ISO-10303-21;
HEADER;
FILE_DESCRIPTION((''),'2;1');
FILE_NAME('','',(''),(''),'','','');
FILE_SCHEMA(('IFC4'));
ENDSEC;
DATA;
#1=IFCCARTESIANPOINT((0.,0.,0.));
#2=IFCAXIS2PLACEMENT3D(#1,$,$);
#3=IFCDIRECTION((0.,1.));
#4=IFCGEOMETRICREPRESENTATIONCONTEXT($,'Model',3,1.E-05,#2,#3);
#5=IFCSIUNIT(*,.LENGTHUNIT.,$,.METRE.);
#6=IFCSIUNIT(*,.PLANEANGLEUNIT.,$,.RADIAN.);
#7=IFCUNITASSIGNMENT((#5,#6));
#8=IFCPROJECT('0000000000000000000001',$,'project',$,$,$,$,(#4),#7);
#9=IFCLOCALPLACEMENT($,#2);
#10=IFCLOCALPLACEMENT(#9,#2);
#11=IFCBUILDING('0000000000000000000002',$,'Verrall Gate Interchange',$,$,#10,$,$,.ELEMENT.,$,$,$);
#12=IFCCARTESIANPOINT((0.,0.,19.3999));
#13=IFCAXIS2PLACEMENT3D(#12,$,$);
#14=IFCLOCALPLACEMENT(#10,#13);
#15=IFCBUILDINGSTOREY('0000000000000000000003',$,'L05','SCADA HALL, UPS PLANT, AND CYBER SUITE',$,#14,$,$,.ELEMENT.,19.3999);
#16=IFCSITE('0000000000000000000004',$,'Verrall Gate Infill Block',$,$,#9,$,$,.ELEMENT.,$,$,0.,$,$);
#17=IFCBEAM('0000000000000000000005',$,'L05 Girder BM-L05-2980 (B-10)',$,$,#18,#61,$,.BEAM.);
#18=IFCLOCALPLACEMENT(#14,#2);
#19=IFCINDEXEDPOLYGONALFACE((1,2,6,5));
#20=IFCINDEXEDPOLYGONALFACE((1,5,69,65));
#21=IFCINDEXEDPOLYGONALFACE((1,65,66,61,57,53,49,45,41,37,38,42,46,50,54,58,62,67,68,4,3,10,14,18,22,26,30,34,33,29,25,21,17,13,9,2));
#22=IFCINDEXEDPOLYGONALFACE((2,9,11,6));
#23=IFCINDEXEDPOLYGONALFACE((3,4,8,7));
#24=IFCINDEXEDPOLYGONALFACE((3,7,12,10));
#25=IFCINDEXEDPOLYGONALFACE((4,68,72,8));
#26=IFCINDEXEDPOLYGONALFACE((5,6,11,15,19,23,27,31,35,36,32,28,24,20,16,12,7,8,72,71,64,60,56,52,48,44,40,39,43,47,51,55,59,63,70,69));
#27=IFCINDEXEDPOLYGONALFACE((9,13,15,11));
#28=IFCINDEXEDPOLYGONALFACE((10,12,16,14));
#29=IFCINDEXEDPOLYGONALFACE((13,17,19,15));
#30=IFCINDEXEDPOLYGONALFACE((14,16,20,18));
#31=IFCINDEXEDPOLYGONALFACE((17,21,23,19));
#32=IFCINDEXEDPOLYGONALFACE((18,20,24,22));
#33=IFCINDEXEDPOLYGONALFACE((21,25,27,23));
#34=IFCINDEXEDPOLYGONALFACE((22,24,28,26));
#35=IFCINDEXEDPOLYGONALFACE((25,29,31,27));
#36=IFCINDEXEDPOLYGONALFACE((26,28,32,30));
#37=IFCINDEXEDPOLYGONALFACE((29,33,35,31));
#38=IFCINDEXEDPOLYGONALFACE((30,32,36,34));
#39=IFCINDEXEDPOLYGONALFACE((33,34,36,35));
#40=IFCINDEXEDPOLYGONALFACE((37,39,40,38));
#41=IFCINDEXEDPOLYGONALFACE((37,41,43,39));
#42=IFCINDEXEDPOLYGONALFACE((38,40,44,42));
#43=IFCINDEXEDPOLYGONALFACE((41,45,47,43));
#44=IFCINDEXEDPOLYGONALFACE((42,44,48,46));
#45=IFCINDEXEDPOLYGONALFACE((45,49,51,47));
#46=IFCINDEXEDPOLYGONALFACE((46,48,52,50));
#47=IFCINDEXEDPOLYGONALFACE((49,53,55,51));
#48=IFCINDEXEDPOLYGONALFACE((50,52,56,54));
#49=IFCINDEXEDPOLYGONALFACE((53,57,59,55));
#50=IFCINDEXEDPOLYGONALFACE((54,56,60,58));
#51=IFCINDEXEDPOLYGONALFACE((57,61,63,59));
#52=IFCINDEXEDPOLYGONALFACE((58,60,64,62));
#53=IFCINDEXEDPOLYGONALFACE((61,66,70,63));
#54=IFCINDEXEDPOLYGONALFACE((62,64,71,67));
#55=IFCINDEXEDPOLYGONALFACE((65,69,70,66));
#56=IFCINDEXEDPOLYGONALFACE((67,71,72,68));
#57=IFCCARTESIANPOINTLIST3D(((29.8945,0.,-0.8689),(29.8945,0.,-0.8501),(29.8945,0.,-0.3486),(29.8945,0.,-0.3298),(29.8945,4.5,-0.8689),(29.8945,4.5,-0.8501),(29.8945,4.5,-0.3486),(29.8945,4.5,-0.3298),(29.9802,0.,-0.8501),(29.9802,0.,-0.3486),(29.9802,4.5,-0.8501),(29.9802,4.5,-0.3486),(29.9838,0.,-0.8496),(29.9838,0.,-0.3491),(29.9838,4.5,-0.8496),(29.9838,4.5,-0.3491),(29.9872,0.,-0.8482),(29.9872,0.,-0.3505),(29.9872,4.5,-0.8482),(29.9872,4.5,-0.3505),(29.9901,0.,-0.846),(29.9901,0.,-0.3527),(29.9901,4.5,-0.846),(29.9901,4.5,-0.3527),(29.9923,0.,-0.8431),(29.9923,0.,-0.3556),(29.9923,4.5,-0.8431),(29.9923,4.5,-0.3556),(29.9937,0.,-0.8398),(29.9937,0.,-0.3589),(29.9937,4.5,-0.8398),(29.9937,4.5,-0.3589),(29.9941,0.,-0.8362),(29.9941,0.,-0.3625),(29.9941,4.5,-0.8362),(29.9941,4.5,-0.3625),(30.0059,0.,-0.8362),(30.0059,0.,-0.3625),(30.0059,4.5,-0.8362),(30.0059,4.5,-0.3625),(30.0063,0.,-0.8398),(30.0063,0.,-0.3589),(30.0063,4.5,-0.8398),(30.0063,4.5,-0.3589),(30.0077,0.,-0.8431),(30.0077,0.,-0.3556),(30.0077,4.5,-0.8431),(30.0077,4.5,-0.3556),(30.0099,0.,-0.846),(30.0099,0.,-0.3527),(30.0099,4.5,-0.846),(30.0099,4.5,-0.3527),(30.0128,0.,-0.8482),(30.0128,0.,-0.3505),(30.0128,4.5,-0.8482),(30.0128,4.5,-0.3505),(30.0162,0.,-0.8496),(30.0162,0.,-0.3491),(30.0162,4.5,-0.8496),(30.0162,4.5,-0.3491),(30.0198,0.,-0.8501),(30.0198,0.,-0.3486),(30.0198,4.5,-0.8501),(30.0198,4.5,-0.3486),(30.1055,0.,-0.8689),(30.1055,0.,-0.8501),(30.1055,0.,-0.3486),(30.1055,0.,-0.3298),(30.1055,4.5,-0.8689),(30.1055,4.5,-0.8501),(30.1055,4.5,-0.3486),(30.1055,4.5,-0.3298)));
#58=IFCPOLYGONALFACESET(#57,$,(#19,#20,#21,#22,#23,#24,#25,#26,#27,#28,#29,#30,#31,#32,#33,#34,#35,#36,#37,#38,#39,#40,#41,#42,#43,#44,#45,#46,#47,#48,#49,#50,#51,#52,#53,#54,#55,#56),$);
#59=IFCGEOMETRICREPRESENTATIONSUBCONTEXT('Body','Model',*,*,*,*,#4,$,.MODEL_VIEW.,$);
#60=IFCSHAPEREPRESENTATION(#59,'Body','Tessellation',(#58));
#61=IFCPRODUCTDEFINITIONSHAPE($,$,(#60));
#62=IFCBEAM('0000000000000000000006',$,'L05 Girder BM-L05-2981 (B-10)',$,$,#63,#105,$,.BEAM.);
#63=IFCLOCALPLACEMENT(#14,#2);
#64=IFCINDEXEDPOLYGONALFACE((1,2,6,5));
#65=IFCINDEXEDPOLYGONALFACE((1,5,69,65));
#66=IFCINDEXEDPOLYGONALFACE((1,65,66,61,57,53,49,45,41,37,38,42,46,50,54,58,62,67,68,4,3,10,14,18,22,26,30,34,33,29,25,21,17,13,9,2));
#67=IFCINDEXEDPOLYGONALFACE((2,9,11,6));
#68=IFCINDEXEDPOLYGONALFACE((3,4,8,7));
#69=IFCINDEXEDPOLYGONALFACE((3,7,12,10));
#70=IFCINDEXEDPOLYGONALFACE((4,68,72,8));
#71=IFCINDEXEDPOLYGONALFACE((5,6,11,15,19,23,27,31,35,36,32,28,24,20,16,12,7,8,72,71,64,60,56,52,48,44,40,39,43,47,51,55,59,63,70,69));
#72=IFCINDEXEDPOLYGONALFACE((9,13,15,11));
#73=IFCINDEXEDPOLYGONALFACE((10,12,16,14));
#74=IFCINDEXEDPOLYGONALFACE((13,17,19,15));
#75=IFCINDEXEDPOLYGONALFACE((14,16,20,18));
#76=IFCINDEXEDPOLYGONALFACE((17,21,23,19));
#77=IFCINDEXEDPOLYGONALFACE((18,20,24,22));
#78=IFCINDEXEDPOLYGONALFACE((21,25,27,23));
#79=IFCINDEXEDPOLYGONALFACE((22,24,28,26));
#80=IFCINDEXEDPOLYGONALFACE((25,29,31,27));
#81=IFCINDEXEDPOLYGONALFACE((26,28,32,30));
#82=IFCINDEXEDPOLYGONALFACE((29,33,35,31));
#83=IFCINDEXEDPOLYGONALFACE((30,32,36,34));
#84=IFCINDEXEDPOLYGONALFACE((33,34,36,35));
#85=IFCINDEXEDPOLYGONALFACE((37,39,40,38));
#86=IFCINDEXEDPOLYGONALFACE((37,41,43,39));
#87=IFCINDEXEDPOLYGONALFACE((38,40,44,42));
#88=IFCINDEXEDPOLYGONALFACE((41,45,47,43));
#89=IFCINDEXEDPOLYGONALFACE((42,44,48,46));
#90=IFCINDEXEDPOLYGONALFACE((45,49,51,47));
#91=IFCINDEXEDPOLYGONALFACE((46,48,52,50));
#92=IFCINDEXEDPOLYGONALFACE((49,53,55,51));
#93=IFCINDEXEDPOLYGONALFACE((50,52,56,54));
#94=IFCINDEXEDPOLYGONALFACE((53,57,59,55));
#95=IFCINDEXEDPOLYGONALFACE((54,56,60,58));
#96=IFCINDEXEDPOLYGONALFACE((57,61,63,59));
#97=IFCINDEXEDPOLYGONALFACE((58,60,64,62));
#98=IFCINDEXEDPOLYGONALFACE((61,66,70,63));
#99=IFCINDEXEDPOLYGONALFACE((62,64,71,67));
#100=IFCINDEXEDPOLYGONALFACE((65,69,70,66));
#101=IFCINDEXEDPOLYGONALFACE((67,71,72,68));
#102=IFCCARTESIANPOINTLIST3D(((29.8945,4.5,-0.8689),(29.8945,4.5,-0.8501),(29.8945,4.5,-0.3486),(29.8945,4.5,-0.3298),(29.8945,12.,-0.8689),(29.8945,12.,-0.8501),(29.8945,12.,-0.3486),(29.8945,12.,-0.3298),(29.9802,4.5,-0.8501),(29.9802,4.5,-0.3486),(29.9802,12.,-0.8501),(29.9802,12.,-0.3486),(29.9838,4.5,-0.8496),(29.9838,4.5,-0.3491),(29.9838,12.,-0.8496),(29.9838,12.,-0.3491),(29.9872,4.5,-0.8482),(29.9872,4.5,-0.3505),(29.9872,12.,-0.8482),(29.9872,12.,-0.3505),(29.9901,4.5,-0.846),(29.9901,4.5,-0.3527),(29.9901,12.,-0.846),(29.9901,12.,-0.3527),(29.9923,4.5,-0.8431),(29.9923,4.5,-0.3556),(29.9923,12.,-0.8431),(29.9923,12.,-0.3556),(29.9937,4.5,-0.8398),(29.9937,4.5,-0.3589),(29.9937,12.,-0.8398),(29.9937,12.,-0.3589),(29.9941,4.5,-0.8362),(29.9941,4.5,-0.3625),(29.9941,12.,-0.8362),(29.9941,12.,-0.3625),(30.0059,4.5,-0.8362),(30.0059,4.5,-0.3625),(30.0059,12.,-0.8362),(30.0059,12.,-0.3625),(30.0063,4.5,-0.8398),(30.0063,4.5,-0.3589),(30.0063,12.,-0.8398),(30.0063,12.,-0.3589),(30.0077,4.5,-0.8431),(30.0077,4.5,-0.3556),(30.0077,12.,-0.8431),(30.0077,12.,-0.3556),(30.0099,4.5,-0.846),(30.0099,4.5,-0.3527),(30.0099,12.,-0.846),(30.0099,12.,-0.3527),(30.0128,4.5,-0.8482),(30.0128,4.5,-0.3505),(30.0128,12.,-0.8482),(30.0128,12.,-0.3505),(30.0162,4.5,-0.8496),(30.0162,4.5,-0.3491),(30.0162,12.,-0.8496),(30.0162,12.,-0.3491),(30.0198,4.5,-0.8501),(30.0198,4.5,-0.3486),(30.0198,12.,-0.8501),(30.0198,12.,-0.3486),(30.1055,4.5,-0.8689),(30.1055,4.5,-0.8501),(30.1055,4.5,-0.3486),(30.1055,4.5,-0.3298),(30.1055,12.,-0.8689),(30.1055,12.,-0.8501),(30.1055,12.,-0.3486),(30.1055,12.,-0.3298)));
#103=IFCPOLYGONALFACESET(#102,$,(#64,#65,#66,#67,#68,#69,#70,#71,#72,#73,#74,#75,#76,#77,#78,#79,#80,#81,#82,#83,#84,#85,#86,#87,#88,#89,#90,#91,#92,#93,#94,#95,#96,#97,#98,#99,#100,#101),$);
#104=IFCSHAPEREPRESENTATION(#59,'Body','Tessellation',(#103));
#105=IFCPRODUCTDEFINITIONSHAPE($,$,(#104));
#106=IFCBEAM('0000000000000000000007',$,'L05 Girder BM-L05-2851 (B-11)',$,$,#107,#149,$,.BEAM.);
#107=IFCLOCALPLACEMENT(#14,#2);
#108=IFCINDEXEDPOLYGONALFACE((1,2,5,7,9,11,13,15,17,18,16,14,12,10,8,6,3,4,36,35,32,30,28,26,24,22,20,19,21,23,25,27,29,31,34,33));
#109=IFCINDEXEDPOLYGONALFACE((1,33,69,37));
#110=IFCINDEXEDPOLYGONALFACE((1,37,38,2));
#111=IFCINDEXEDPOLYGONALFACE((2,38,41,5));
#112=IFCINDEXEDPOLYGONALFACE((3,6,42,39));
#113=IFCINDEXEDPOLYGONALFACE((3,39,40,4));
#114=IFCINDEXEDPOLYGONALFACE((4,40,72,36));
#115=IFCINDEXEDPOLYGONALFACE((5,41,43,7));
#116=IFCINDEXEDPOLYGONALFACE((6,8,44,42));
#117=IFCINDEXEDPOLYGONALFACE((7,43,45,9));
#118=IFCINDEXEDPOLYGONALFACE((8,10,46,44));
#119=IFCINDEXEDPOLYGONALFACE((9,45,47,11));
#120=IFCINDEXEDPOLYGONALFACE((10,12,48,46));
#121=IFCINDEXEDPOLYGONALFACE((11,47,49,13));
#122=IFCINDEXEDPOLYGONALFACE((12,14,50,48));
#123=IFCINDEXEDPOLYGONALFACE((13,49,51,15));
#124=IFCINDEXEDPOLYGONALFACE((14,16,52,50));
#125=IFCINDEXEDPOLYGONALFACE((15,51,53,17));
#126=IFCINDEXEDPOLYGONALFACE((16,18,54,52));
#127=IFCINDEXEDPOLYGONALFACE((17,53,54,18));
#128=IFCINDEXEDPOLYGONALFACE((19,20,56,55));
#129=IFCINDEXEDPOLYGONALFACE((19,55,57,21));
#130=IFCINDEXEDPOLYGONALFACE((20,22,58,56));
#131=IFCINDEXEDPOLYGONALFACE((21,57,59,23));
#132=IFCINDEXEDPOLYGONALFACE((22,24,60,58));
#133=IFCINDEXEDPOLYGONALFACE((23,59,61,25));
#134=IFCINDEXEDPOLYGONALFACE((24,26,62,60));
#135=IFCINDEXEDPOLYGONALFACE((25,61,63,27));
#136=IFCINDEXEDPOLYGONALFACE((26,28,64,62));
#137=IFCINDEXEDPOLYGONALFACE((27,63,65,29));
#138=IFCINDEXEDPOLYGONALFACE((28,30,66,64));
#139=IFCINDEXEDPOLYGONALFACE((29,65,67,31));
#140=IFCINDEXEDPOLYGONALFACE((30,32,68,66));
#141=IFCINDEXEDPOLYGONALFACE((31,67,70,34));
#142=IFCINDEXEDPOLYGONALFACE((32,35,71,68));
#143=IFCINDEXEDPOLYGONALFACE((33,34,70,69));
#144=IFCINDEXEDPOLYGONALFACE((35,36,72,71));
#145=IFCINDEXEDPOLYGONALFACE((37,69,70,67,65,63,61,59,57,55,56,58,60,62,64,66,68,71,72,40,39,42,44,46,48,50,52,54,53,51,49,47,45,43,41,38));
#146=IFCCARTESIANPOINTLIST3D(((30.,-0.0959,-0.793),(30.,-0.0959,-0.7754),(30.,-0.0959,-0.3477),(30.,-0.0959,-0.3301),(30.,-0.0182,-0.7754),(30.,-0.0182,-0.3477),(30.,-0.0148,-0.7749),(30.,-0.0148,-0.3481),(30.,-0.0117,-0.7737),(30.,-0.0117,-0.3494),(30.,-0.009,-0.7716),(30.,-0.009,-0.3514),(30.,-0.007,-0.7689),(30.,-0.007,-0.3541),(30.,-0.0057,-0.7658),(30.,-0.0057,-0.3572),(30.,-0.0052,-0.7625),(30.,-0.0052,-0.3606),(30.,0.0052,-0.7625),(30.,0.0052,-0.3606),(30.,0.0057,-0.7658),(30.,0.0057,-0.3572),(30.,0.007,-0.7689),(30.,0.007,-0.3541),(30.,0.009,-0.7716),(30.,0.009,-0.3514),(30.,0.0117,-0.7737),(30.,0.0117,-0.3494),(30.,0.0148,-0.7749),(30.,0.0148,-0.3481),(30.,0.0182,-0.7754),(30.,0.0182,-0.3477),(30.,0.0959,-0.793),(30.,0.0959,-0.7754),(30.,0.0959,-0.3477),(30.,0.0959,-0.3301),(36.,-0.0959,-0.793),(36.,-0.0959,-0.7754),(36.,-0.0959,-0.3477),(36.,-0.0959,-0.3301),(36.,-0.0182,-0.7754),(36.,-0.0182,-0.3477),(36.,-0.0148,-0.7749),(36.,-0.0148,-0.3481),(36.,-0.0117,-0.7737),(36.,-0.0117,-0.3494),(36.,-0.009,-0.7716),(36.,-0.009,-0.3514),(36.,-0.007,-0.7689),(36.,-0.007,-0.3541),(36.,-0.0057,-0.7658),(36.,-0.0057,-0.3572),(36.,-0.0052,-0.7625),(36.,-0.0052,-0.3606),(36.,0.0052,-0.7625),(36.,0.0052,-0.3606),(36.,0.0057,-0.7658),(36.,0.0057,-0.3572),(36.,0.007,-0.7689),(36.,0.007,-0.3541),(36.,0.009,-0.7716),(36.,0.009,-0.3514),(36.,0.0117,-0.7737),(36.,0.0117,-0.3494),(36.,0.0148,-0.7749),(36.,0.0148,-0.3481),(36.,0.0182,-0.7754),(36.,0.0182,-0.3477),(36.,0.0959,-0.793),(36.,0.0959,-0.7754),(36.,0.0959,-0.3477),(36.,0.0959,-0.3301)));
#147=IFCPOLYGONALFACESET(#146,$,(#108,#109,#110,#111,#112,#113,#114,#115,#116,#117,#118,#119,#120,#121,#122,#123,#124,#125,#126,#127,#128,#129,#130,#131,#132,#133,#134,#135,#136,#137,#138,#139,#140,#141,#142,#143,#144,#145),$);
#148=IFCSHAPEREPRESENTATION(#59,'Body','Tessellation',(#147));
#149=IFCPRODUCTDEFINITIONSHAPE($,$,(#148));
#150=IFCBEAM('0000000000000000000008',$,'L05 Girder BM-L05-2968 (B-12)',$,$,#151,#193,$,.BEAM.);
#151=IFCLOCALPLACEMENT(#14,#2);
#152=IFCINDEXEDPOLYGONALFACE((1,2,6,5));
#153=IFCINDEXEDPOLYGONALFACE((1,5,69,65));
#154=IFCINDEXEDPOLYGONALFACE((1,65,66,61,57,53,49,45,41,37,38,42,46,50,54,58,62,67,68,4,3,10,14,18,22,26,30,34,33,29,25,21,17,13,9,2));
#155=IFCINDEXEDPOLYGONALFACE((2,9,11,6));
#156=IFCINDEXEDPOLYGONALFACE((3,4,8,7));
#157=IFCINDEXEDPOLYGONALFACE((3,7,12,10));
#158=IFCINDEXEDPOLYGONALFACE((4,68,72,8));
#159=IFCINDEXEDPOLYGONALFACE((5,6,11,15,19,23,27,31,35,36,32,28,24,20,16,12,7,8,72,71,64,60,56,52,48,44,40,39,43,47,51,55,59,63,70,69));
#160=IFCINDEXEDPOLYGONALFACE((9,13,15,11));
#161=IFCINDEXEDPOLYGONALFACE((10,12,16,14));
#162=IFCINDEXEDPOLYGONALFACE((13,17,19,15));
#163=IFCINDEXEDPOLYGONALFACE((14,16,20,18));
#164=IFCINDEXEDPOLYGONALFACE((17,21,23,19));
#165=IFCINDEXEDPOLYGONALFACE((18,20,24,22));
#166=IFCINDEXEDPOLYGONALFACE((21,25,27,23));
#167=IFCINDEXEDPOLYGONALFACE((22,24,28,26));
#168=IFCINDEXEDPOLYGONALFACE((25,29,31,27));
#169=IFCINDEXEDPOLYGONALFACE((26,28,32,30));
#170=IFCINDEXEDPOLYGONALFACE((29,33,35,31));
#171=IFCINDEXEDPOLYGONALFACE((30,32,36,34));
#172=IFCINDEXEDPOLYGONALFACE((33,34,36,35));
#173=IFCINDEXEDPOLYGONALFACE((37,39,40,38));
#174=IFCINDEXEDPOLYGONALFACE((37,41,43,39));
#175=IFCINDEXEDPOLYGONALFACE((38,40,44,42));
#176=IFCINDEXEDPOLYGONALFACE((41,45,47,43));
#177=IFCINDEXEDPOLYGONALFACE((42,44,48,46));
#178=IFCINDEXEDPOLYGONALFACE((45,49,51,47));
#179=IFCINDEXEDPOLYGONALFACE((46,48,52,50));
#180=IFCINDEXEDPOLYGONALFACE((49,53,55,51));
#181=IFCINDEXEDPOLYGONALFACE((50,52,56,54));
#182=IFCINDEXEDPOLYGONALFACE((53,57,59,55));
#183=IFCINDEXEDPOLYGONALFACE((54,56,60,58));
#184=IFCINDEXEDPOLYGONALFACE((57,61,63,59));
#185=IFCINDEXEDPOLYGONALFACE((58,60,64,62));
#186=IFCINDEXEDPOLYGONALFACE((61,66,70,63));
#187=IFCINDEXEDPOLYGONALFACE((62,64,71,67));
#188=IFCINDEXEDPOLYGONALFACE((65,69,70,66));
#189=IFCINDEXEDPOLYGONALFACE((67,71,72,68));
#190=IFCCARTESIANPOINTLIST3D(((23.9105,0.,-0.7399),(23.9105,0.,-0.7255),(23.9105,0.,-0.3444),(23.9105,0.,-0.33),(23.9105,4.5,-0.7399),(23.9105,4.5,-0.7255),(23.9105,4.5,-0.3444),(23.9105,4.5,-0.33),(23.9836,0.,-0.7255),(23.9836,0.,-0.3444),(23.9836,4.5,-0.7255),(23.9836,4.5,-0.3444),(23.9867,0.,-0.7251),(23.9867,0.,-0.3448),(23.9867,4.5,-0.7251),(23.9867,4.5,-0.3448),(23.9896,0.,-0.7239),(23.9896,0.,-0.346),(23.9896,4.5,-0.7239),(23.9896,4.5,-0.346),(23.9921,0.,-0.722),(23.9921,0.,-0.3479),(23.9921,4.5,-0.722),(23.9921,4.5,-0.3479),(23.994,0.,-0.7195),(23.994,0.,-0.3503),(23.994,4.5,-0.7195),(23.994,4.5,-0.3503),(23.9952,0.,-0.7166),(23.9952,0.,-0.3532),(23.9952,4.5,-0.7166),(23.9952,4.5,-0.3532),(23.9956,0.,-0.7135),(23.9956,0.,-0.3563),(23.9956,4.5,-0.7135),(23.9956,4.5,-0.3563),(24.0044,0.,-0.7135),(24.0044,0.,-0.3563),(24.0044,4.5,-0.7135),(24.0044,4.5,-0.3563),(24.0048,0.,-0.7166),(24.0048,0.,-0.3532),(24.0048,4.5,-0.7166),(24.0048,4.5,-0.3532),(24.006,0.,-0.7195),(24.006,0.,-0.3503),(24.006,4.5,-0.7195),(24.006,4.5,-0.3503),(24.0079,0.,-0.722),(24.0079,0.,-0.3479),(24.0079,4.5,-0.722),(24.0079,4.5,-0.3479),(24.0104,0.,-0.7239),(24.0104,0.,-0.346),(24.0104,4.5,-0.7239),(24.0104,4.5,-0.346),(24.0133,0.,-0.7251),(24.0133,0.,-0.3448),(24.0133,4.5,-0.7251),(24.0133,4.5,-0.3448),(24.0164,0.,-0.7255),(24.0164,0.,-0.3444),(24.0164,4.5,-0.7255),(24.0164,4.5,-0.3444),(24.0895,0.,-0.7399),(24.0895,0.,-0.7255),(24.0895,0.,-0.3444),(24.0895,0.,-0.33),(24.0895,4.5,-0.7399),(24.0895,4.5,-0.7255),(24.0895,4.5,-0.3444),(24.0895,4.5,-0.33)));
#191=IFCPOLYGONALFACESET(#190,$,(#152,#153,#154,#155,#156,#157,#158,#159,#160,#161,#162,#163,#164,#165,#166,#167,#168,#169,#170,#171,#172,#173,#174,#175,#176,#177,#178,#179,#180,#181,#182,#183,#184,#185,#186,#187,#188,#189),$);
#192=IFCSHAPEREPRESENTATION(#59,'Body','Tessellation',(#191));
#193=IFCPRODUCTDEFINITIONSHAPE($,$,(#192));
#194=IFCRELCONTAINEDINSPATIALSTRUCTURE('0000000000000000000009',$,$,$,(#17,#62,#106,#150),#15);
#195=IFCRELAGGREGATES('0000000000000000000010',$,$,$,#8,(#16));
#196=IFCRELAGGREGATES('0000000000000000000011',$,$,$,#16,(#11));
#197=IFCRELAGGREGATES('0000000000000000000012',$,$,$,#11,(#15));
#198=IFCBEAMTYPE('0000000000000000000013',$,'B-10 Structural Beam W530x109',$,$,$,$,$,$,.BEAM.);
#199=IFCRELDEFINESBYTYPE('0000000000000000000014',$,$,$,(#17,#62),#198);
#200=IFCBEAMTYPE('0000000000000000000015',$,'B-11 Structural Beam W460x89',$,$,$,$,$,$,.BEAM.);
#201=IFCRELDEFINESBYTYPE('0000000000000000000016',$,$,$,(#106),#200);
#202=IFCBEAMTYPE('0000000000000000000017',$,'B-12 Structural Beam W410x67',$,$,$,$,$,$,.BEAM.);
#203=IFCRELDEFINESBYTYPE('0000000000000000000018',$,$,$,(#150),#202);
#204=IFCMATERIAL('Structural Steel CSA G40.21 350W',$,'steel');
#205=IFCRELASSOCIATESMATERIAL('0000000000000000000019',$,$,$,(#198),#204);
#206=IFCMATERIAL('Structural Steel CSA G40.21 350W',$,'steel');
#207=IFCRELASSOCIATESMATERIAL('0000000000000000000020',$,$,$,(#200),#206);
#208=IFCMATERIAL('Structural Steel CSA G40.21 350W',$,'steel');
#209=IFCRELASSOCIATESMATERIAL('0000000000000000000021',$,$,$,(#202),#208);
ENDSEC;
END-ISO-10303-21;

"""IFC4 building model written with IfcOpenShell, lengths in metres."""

from ifc_helpers import new_model, si_unit, direction, frame, origin, origin_2d, place, context, subcontext, project, spatial, i_section, extrude, material, material_profile, profile_set, type_object, element, save


model = new_model("IFC4")

# Units and contexts
model_context = context("Model", 3, precision=1e-05, world=origin(), true_north=direction((0.0, 1.0)))
body_context = subcontext(model_context, "Body", "Model", "MODEL_VIEW")
ifc_project = project(units=[si_unit("LENGTHUNIT", "METRE"), si_unit("PLANEANGLEUNIT", "RADIAN")], contexts=[model_context])

# Site, building, storey
site_placement = place(None, origin())
site = spatial("IfcSite", under=ifc_project, at=site_placement, Name="Verrall Gate Infill Block", CompositionType="ELEMENT", RefElevation=0.0)
building_placement = place(site_placement, origin())
building = spatial("IfcBuilding", under=site, at=building_placement, Name="Verrall Gate Interchange", CompositionType="ELEMENT")
storey_placement = place(building_placement, frame((0.0, 0.0, 19.3999)))
storey = spatial("IfcBuildingStorey", under=building, at=storey_placement, Name="L05", Description="SCADA HALL, UPS PLANT, AND CYBER SUITE", CompositionType="ELEMENT", Elevation=19.3999)

# Beams
ifc_material_1 = material(Name="Structural Steel CSA G40.21 350W", Category="steel")
ifc_material_profile_1 = material_profile(ifc_material_1, i_section(OverallWidth=0.2109, OverallDepth=0.5391, WebThickness=0.0117, FlangeThickness=0.0188, FilletRadius=0.0139, at=origin_2d()), Name="W530x109")
ifc_profile_set_1 = profile_set([ifc_material_profile_1], Name="Structural Steel CSA G40.21 350W")
beam_type_1 = type_object("IfcBeamType", Name="B-10 Structural Beam W530x109", PredefinedType="BEAM", material=ifc_profile_set_1)
beam_1_placement = place(storey_placement, frame((30.0, 0.0, -0.5994), z_axis=(0.0, 1.0, 0.0), x_axis=(-1.0, 0.0, 0.0)))
element("IfcBeam", 1, at=beam_1_placement, inside=storey, type_object=beam_type_1, Name="L05 Girder BM-L05-2980 (B-10)", PredefinedType="BEAM", context=body_context, shape_type="SweptSolid", body=[
    extrude(i_section(OverallWidth=0.2109, OverallDepth=0.5391, WebThickness=0.0117, FlangeThickness=0.0188, FilletRadius=0.0139, at=origin_2d()), origin(), (0.0, 0.0, 1.0), 4.5),
])
beam_2_placement = place(storey_placement, frame((30.0, 4.5, -0.5994), z_axis=(0.0, 1.0, 0.0), x_axis=(-1.0, 0.0, 0.0)))
element("IfcBeam", 2, at=beam_2_placement, inside=storey, type_object=beam_type_1, Name="L05 Girder BM-L05-2981 (B-10)", PredefinedType="BEAM", context=body_context, shape_type="SweptSolid", body=[
    extrude(i_section(OverallWidth=0.2109, OverallDepth=0.5391, WebThickness=0.0117, FlangeThickness=0.0188, FilletRadius=0.0139, at=origin_2d()), origin(), (0.0, 0.0, 1.0), 7.5),
])
ifc_material_2 = material(Name="Structural Steel CSA G40.21 350W", Category="steel")
ifc_material_profile_2 = material_profile(ifc_material_2, i_section(OverallWidth=0.1919, OverallDepth=0.4629, WebThickness=0.0105, FlangeThickness=0.0176, FilletRadius=0.0129, at=origin_2d()), Name="W460x89")
ifc_profile_set_2 = profile_set([ifc_material_profile_2], Name="Structural Steel CSA G40.21 350W")
beam_type_2 = type_object("IfcBeamType", Name="B-11 Structural Beam W460x89", PredefinedType="BEAM", material=ifc_profile_set_2)
beam_3_placement = place(storey_placement, frame((30.0, 0.0, -0.5615), z_axis=(1.0, 0.0, 0.0), x_axis=(0.0, 1.0, 0.0)))
element("IfcBeam", 3, at=beam_3_placement, inside=storey, type_object=beam_type_2, Name="L05 Girder BM-L05-2851 (B-11)", PredefinedType="BEAM", context=body_context, shape_type="SweptSolid", body=[
    extrude(i_section(OverallWidth=0.1919, OverallDepth=0.4629, WebThickness=0.0105, FlangeThickness=0.0176, FilletRadius=0.0129, at=origin_2d()), origin(), (0.0, 0.0, 1.0), 6.0),
])
ifc_material_3 = material(Name="Structural Steel CSA G40.21 350W", Category="steel")
ifc_material_profile_3 = material_profile(ifc_material_3, i_section(OverallWidth=0.179, OverallDepth=0.4099, WebThickness=0.0088, FlangeThickness=0.0144, FilletRadius=0.012, at=origin_2d()), Name="W410x67")
ifc_profile_set_3 = profile_set([ifc_material_profile_3], Name="Structural Steel CSA G40.21 350W")
beam_type_3 = type_object("IfcBeamType", Name="B-12 Structural Beam W410x67", PredefinedType="BEAM", material=ifc_profile_set_3)
beam_4_placement = place(storey_placement, frame((24.0, 0.0, -0.5349), z_axis=(0.0, 1.0, 0.0), x_axis=(-1.0, 0.0, 0.0)))
element("IfcBeam", 4, at=beam_4_placement, inside=storey, type_object=beam_type_3, Name="L05 Girder BM-L05-2968 (B-12)", PredefinedType="BEAM", context=body_context, shape_type="SweptSolid", body=[
    extrude(i_section(OverallWidth=0.179, OverallDepth=0.4099, WebThickness=0.0088, FlangeThickness=0.0144, FilletRadius=0.012, at=origin_2d()), origin(), (0.0, 0.0, 1.0), 4.5),
])

save(model, "model.ifc")
